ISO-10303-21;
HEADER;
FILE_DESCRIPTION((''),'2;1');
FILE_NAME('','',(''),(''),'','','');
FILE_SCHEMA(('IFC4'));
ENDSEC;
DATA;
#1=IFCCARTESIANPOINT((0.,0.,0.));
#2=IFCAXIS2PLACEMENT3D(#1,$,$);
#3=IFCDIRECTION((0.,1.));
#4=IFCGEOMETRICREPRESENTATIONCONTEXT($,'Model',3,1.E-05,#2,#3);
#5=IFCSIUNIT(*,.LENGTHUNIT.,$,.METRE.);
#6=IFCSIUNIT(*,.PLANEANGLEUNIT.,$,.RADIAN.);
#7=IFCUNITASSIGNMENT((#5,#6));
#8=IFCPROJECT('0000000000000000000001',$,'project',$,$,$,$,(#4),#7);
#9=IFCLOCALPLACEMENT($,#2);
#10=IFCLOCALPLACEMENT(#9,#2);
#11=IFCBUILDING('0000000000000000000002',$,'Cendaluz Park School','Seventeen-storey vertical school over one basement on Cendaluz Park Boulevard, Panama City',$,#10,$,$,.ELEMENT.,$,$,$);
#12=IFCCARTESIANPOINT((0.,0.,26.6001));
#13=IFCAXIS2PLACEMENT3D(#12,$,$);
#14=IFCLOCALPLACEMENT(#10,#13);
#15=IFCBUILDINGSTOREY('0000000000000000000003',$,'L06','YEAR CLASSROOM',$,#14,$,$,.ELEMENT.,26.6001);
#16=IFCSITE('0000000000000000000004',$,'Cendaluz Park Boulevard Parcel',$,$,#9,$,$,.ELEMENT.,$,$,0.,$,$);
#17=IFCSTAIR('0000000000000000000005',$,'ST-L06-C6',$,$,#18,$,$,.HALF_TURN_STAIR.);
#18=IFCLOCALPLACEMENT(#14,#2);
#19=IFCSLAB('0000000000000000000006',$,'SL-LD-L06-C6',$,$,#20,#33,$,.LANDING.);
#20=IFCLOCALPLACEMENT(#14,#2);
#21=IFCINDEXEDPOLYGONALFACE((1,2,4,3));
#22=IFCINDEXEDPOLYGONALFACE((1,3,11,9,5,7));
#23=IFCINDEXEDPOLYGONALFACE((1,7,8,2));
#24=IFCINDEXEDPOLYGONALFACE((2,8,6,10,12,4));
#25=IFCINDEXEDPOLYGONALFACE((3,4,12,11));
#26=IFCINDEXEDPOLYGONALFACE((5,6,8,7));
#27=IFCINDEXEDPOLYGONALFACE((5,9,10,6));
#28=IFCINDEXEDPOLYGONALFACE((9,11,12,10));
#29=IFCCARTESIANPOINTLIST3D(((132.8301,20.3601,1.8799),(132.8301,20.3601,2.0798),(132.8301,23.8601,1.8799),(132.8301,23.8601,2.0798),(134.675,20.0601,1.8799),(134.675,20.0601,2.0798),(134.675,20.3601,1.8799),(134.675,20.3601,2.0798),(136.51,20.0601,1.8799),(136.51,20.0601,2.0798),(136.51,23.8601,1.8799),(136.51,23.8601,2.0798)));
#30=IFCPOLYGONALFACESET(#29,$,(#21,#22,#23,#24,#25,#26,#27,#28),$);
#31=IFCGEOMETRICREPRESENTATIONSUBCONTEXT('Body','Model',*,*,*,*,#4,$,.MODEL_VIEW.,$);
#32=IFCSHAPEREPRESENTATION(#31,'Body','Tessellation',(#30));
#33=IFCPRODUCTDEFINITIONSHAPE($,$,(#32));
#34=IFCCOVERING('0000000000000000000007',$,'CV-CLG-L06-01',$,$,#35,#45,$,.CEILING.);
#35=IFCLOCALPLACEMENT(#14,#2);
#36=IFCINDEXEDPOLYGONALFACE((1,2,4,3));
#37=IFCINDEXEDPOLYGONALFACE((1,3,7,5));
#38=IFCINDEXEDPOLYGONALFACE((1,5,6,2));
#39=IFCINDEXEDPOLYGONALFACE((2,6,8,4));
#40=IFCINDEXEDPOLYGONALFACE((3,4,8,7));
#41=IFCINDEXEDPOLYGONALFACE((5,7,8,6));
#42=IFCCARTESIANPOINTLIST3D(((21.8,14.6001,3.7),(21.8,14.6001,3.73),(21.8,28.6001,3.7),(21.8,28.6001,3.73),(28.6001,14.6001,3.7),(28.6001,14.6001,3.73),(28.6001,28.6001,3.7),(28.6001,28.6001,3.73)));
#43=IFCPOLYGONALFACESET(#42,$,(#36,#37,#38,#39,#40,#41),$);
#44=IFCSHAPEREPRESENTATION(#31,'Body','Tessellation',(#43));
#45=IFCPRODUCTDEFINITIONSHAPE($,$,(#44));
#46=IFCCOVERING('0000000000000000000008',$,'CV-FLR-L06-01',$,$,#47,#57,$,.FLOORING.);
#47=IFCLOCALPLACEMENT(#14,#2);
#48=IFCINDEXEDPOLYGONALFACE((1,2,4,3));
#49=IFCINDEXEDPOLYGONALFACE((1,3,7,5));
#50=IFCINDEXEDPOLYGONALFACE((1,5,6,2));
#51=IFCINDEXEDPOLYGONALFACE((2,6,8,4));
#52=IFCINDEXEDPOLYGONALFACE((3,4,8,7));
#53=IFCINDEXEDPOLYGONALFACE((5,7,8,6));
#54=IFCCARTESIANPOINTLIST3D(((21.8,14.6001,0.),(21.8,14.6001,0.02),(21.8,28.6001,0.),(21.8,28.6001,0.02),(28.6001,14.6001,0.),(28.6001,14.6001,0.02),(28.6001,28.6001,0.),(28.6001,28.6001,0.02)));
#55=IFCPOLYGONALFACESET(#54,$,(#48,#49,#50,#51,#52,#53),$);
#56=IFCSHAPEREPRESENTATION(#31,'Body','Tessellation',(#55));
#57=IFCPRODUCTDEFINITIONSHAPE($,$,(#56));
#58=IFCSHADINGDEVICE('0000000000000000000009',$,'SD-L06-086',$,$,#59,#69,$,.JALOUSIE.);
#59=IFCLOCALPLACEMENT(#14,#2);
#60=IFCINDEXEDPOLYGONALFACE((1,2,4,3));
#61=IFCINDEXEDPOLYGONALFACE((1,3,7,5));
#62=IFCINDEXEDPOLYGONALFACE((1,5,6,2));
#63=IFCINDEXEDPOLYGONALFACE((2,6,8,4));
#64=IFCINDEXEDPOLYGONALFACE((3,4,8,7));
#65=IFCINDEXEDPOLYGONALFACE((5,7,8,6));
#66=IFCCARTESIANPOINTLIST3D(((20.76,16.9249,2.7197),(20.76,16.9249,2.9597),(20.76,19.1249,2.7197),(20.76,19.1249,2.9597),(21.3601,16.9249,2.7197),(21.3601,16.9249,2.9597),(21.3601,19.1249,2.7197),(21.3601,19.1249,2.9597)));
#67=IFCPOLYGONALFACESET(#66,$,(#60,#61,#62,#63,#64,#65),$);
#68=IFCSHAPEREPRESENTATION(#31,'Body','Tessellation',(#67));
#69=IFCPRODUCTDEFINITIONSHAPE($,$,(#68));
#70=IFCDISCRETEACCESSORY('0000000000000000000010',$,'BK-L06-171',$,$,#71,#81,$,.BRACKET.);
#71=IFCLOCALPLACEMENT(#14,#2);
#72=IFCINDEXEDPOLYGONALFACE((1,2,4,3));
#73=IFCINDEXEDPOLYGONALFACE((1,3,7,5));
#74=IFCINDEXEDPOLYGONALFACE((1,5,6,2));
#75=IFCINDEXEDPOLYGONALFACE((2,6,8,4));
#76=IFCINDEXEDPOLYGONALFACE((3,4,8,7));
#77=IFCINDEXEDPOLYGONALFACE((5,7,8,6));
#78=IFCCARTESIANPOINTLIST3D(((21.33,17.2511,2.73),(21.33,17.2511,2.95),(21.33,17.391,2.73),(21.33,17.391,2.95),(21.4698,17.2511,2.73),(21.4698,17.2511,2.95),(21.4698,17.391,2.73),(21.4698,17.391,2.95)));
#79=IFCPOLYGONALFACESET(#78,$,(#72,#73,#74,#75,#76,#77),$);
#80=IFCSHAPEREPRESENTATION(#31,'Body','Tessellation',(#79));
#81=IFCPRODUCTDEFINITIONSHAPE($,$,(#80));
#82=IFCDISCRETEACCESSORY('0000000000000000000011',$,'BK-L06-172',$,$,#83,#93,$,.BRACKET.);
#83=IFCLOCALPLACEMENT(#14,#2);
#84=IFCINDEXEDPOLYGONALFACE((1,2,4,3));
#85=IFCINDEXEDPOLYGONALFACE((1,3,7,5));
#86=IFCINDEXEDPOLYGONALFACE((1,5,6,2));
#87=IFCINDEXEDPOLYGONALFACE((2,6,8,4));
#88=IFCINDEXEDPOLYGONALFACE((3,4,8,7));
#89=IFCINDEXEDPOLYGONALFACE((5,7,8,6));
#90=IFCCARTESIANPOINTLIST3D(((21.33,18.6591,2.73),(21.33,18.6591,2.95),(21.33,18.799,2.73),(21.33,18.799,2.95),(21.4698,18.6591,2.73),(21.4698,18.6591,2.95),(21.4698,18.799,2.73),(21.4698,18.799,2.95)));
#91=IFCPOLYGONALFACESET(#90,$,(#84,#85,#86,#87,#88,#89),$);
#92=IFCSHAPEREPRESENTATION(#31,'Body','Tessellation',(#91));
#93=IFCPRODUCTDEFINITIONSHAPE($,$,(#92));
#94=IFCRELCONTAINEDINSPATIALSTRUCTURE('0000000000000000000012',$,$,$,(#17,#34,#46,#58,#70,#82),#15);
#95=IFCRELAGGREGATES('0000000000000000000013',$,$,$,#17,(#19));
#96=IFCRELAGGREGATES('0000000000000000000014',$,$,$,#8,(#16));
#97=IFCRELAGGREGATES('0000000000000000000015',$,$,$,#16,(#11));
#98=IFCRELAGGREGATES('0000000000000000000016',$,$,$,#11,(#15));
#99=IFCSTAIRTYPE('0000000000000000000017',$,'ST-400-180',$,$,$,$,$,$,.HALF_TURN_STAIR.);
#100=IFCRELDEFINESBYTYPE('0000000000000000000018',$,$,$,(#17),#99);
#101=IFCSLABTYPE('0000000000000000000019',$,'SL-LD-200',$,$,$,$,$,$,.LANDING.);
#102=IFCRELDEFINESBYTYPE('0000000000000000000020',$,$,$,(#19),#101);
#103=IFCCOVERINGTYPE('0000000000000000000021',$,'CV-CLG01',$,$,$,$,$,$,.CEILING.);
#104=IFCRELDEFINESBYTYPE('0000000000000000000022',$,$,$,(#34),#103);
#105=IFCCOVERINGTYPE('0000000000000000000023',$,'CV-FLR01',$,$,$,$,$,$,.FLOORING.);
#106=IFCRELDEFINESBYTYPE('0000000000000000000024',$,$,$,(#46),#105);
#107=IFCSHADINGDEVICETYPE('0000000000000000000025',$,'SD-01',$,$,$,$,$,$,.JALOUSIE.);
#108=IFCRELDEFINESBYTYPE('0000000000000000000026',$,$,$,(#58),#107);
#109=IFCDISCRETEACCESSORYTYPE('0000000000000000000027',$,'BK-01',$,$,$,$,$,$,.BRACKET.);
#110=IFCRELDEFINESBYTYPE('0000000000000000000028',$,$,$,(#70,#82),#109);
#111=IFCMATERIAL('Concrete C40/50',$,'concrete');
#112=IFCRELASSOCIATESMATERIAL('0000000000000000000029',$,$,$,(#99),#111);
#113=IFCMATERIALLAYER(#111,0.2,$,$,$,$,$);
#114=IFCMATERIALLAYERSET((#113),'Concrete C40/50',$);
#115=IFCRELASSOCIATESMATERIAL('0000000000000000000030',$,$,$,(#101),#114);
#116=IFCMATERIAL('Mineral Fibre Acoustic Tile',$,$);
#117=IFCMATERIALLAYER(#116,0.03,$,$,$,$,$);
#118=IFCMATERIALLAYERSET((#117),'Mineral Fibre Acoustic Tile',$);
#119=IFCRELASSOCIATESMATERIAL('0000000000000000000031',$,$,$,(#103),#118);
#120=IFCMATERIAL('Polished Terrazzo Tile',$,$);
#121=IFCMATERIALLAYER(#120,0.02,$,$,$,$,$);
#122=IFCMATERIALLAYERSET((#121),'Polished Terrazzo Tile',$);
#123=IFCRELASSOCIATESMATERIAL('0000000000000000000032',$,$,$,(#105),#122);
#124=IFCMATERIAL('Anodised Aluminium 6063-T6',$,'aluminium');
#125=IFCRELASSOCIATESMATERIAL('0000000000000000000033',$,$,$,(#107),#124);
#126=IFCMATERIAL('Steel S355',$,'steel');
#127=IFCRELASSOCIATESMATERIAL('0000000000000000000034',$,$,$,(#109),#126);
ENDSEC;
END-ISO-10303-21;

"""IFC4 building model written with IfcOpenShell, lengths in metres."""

from ifc_helpers import new_model, si_unit, direction, frame, origin, origin_2d, place, context, subcontext, project, spatial, polyline, rectangle, outline, extrude, material, layer, layer_set, type_object, element, aggregate, save


model = new_model("IFC4")

# Units and contexts
model_context = context("Model", 3, precision=1e-05, world=origin(), true_north=direction((0.0, 1.0)))
body_context = subcontext(model_context, "Body", "Model", "MODEL_VIEW")
ifc_project = project(units=[si_unit("LENGTHUNIT", "METRE"), si_unit("PLANEANGLEUNIT", "RADIAN")], contexts=[model_context])

# Site, building, storey
site_placement = place(None, origin())
site = spatial("IfcSite", under=ifc_project, at=site_placement, Name="Cendaluz Park Boulevard Parcel", CompositionType="ELEMENT", RefElevation=0.0)
building_placement = place(site_placement, origin())
building = spatial("IfcBuilding", under=site, at=building_placement, Name="Cendaluz Park School", Description="Seventeen-storey vertical school over one basement on Cendaluz Park Boulevard, Panama City", CompositionType="ELEMENT")
storey_placement = place(building_placement, frame((0.0, 0.0, 26.6001)))
storey = spatial("IfcBuildingStorey", under=building, at=storey_placement, Name="L06", Description="YEAR CLASSROOM", CompositionType="ELEMENT", Elevation=26.6001)

# Shared definitions
ifc_material_1 = material(Name="Concrete C40/50", Category="concrete")

# Stair, slab
stair_type = type_object("IfcStairType", Name="ST-400-180", PredefinedType="HALF_TURN_STAIR", material=ifc_material_1)
ifc_layer_1 = layer(ifc_material_1, 0.2)
ifc_layer_set_1 = layer_set([ifc_layer_1], Name="Concrete C40/50")
slab_type_1 = type_object("IfcSlabType", Name="SL-LD-200", PredefinedType="LANDING", material=ifc_layer_set_1)
stair_1_placement = place(storey_placement, origin())
stair_1 = element("IfcStair", 1, at=stair_1_placement, inside=storey, type_object=stair_type, Name="ST-L06-C6", PredefinedType="HALF_TURN_STAIR")
slab_1_placement = place(storey_placement, frame((0.0, 0.0, 1.8799)))
slab_1 = element("IfcSlab", 2, at=slab_1_placement, type_object=slab_type_1, Name="SL-LD-L06-C6", PredefinedType="LANDING", context=body_context, shape_type="SweptSolid", body=[
    extrude(outline(polyline([(132.8301, 20.3601), (134.675, 20.3601), (134.675, 20.0601), (136.51, 20.0601), (136.51, 23.8601), (132.8301, 23.8601), (132.8301, 20.3601)])), origin(), (0.0, 0.0, 1.0), 0.2),
])
aggregate(stair_1, [slab_1])

# Coverings
ifc_material_2 = material(Name="Mineral Fibre Acoustic Tile")
ifc_layer_2 = layer(ifc_material_2, 0.03)
ifc_layer_set_2 = layer_set([ifc_layer_2], Name="Mineral Fibre Acoustic Tile")
covering_type_1 = type_object("IfcCoveringType", Name="CV-CLG01", PredefinedType="CEILING", material=ifc_layer_set_2)
covering_1_placement = place(storey_placement, frame((0.0, 0.0, 3.7)))
element("IfcCovering", 3, at=covering_1_placement, inside=storey, type_object=covering_type_1, Name="CV-CLG-L06-01", PredefinedType="CEILING", context=body_context, shape_type="SweptSolid", body=[
    extrude(outline(polyline([(21.8, 14.6001), (28.6001, 14.6001), (28.6001, 28.6001), (21.8, 28.6001), (21.8, 14.6001)])), origin(), (0.0, 0.0, 1.0), 0.03),
])
ifc_material_3 = material(Name="Polished Terrazzo Tile")
ifc_layer_3 = layer(ifc_material_3, 0.02)
ifc_layer_set_3 = layer_set([ifc_layer_3], Name="Polished Terrazzo Tile")
covering_type_2 = type_object("IfcCoveringType", Name="CV-FLR01", PredefinedType="FLOORING", material=ifc_layer_set_3)
covering_2_placement = place(storey_placement, origin())
element("IfcCovering", 4, at=covering_2_placement, inside=storey, type_object=covering_type_2, Name="CV-FLR-L06-01", PredefinedType="FLOORING", context=body_context, shape_type="SweptSolid", body=[
    extrude(outline(polyline([(21.8, 14.6001), (28.6001, 14.6001), (28.6001, 28.6001), (21.8, 28.6001), (21.8, 14.6001)])), origin(), (0.0, 0.0, 1.0), 0.02),
])

# Shading device
ifc_material_4 = material(Name="Anodised Aluminium 6063-T6", Category="aluminium")
shading_device_type = type_object("IfcShadingDeviceType", Name="SD-01", PredefinedType="JALOUSIE", material=ifc_material_4)
shading_device_placement = place(storey_placement, frame((21.0601, 18.0249, 2.7197), z_axis=(0.0, 0.0, 1.0), x_axis=(0.0, 1.0, 0.0)))
element("IfcShadingDevice", 5, at=shading_device_placement, inside=storey, type_object=shading_device_type, Name="SD-L06-086", PredefinedType="JALOUSIE", context=body_context, shape_type="SweptSolid", body=[
    extrude(rectangle(XDim=2.2, YDim=0.6001, at=origin_2d()), origin(), (0.0, 0.0, 1.0), 0.24),
])

# Discrete accessories
ifc_material_5 = material(Name="Steel S355", Category="steel")
discrete_accessory_type = type_object("IfcDiscreteAccessoryType", Name="BK-01", PredefinedType="BRACKET", material=ifc_material_5)
for number, where, z_axis, x_axis, name in (
    (6, (21.3999, 17.321, 2.73), (0.0, 0.0, 1.0), (0.0, 1.0, 0.0), "BK-L06-171"),
    (7, (21.3999, 18.729, 2.73), (0.0, 0.0, 1.0), (0.0, 1.0, 0.0), "BK-L06-172"),
):
    element("IfcDiscreteAccessory", number, at=place(storey_placement, frame(where, z_axis=z_axis, x_axis=x_axis)), inside=storey, type_object=discrete_accessory_type, Name=name, PredefinedType="BRACKET", context=body_context, shape_type="SweptSolid", body=[
        extrude(rectangle(XDim=0.1399, YDim=0.1399, at=origin_2d()), origin(), (0.0, 0.0, 1.0), 0.22),
    ])

save(model, "model.ifc")
